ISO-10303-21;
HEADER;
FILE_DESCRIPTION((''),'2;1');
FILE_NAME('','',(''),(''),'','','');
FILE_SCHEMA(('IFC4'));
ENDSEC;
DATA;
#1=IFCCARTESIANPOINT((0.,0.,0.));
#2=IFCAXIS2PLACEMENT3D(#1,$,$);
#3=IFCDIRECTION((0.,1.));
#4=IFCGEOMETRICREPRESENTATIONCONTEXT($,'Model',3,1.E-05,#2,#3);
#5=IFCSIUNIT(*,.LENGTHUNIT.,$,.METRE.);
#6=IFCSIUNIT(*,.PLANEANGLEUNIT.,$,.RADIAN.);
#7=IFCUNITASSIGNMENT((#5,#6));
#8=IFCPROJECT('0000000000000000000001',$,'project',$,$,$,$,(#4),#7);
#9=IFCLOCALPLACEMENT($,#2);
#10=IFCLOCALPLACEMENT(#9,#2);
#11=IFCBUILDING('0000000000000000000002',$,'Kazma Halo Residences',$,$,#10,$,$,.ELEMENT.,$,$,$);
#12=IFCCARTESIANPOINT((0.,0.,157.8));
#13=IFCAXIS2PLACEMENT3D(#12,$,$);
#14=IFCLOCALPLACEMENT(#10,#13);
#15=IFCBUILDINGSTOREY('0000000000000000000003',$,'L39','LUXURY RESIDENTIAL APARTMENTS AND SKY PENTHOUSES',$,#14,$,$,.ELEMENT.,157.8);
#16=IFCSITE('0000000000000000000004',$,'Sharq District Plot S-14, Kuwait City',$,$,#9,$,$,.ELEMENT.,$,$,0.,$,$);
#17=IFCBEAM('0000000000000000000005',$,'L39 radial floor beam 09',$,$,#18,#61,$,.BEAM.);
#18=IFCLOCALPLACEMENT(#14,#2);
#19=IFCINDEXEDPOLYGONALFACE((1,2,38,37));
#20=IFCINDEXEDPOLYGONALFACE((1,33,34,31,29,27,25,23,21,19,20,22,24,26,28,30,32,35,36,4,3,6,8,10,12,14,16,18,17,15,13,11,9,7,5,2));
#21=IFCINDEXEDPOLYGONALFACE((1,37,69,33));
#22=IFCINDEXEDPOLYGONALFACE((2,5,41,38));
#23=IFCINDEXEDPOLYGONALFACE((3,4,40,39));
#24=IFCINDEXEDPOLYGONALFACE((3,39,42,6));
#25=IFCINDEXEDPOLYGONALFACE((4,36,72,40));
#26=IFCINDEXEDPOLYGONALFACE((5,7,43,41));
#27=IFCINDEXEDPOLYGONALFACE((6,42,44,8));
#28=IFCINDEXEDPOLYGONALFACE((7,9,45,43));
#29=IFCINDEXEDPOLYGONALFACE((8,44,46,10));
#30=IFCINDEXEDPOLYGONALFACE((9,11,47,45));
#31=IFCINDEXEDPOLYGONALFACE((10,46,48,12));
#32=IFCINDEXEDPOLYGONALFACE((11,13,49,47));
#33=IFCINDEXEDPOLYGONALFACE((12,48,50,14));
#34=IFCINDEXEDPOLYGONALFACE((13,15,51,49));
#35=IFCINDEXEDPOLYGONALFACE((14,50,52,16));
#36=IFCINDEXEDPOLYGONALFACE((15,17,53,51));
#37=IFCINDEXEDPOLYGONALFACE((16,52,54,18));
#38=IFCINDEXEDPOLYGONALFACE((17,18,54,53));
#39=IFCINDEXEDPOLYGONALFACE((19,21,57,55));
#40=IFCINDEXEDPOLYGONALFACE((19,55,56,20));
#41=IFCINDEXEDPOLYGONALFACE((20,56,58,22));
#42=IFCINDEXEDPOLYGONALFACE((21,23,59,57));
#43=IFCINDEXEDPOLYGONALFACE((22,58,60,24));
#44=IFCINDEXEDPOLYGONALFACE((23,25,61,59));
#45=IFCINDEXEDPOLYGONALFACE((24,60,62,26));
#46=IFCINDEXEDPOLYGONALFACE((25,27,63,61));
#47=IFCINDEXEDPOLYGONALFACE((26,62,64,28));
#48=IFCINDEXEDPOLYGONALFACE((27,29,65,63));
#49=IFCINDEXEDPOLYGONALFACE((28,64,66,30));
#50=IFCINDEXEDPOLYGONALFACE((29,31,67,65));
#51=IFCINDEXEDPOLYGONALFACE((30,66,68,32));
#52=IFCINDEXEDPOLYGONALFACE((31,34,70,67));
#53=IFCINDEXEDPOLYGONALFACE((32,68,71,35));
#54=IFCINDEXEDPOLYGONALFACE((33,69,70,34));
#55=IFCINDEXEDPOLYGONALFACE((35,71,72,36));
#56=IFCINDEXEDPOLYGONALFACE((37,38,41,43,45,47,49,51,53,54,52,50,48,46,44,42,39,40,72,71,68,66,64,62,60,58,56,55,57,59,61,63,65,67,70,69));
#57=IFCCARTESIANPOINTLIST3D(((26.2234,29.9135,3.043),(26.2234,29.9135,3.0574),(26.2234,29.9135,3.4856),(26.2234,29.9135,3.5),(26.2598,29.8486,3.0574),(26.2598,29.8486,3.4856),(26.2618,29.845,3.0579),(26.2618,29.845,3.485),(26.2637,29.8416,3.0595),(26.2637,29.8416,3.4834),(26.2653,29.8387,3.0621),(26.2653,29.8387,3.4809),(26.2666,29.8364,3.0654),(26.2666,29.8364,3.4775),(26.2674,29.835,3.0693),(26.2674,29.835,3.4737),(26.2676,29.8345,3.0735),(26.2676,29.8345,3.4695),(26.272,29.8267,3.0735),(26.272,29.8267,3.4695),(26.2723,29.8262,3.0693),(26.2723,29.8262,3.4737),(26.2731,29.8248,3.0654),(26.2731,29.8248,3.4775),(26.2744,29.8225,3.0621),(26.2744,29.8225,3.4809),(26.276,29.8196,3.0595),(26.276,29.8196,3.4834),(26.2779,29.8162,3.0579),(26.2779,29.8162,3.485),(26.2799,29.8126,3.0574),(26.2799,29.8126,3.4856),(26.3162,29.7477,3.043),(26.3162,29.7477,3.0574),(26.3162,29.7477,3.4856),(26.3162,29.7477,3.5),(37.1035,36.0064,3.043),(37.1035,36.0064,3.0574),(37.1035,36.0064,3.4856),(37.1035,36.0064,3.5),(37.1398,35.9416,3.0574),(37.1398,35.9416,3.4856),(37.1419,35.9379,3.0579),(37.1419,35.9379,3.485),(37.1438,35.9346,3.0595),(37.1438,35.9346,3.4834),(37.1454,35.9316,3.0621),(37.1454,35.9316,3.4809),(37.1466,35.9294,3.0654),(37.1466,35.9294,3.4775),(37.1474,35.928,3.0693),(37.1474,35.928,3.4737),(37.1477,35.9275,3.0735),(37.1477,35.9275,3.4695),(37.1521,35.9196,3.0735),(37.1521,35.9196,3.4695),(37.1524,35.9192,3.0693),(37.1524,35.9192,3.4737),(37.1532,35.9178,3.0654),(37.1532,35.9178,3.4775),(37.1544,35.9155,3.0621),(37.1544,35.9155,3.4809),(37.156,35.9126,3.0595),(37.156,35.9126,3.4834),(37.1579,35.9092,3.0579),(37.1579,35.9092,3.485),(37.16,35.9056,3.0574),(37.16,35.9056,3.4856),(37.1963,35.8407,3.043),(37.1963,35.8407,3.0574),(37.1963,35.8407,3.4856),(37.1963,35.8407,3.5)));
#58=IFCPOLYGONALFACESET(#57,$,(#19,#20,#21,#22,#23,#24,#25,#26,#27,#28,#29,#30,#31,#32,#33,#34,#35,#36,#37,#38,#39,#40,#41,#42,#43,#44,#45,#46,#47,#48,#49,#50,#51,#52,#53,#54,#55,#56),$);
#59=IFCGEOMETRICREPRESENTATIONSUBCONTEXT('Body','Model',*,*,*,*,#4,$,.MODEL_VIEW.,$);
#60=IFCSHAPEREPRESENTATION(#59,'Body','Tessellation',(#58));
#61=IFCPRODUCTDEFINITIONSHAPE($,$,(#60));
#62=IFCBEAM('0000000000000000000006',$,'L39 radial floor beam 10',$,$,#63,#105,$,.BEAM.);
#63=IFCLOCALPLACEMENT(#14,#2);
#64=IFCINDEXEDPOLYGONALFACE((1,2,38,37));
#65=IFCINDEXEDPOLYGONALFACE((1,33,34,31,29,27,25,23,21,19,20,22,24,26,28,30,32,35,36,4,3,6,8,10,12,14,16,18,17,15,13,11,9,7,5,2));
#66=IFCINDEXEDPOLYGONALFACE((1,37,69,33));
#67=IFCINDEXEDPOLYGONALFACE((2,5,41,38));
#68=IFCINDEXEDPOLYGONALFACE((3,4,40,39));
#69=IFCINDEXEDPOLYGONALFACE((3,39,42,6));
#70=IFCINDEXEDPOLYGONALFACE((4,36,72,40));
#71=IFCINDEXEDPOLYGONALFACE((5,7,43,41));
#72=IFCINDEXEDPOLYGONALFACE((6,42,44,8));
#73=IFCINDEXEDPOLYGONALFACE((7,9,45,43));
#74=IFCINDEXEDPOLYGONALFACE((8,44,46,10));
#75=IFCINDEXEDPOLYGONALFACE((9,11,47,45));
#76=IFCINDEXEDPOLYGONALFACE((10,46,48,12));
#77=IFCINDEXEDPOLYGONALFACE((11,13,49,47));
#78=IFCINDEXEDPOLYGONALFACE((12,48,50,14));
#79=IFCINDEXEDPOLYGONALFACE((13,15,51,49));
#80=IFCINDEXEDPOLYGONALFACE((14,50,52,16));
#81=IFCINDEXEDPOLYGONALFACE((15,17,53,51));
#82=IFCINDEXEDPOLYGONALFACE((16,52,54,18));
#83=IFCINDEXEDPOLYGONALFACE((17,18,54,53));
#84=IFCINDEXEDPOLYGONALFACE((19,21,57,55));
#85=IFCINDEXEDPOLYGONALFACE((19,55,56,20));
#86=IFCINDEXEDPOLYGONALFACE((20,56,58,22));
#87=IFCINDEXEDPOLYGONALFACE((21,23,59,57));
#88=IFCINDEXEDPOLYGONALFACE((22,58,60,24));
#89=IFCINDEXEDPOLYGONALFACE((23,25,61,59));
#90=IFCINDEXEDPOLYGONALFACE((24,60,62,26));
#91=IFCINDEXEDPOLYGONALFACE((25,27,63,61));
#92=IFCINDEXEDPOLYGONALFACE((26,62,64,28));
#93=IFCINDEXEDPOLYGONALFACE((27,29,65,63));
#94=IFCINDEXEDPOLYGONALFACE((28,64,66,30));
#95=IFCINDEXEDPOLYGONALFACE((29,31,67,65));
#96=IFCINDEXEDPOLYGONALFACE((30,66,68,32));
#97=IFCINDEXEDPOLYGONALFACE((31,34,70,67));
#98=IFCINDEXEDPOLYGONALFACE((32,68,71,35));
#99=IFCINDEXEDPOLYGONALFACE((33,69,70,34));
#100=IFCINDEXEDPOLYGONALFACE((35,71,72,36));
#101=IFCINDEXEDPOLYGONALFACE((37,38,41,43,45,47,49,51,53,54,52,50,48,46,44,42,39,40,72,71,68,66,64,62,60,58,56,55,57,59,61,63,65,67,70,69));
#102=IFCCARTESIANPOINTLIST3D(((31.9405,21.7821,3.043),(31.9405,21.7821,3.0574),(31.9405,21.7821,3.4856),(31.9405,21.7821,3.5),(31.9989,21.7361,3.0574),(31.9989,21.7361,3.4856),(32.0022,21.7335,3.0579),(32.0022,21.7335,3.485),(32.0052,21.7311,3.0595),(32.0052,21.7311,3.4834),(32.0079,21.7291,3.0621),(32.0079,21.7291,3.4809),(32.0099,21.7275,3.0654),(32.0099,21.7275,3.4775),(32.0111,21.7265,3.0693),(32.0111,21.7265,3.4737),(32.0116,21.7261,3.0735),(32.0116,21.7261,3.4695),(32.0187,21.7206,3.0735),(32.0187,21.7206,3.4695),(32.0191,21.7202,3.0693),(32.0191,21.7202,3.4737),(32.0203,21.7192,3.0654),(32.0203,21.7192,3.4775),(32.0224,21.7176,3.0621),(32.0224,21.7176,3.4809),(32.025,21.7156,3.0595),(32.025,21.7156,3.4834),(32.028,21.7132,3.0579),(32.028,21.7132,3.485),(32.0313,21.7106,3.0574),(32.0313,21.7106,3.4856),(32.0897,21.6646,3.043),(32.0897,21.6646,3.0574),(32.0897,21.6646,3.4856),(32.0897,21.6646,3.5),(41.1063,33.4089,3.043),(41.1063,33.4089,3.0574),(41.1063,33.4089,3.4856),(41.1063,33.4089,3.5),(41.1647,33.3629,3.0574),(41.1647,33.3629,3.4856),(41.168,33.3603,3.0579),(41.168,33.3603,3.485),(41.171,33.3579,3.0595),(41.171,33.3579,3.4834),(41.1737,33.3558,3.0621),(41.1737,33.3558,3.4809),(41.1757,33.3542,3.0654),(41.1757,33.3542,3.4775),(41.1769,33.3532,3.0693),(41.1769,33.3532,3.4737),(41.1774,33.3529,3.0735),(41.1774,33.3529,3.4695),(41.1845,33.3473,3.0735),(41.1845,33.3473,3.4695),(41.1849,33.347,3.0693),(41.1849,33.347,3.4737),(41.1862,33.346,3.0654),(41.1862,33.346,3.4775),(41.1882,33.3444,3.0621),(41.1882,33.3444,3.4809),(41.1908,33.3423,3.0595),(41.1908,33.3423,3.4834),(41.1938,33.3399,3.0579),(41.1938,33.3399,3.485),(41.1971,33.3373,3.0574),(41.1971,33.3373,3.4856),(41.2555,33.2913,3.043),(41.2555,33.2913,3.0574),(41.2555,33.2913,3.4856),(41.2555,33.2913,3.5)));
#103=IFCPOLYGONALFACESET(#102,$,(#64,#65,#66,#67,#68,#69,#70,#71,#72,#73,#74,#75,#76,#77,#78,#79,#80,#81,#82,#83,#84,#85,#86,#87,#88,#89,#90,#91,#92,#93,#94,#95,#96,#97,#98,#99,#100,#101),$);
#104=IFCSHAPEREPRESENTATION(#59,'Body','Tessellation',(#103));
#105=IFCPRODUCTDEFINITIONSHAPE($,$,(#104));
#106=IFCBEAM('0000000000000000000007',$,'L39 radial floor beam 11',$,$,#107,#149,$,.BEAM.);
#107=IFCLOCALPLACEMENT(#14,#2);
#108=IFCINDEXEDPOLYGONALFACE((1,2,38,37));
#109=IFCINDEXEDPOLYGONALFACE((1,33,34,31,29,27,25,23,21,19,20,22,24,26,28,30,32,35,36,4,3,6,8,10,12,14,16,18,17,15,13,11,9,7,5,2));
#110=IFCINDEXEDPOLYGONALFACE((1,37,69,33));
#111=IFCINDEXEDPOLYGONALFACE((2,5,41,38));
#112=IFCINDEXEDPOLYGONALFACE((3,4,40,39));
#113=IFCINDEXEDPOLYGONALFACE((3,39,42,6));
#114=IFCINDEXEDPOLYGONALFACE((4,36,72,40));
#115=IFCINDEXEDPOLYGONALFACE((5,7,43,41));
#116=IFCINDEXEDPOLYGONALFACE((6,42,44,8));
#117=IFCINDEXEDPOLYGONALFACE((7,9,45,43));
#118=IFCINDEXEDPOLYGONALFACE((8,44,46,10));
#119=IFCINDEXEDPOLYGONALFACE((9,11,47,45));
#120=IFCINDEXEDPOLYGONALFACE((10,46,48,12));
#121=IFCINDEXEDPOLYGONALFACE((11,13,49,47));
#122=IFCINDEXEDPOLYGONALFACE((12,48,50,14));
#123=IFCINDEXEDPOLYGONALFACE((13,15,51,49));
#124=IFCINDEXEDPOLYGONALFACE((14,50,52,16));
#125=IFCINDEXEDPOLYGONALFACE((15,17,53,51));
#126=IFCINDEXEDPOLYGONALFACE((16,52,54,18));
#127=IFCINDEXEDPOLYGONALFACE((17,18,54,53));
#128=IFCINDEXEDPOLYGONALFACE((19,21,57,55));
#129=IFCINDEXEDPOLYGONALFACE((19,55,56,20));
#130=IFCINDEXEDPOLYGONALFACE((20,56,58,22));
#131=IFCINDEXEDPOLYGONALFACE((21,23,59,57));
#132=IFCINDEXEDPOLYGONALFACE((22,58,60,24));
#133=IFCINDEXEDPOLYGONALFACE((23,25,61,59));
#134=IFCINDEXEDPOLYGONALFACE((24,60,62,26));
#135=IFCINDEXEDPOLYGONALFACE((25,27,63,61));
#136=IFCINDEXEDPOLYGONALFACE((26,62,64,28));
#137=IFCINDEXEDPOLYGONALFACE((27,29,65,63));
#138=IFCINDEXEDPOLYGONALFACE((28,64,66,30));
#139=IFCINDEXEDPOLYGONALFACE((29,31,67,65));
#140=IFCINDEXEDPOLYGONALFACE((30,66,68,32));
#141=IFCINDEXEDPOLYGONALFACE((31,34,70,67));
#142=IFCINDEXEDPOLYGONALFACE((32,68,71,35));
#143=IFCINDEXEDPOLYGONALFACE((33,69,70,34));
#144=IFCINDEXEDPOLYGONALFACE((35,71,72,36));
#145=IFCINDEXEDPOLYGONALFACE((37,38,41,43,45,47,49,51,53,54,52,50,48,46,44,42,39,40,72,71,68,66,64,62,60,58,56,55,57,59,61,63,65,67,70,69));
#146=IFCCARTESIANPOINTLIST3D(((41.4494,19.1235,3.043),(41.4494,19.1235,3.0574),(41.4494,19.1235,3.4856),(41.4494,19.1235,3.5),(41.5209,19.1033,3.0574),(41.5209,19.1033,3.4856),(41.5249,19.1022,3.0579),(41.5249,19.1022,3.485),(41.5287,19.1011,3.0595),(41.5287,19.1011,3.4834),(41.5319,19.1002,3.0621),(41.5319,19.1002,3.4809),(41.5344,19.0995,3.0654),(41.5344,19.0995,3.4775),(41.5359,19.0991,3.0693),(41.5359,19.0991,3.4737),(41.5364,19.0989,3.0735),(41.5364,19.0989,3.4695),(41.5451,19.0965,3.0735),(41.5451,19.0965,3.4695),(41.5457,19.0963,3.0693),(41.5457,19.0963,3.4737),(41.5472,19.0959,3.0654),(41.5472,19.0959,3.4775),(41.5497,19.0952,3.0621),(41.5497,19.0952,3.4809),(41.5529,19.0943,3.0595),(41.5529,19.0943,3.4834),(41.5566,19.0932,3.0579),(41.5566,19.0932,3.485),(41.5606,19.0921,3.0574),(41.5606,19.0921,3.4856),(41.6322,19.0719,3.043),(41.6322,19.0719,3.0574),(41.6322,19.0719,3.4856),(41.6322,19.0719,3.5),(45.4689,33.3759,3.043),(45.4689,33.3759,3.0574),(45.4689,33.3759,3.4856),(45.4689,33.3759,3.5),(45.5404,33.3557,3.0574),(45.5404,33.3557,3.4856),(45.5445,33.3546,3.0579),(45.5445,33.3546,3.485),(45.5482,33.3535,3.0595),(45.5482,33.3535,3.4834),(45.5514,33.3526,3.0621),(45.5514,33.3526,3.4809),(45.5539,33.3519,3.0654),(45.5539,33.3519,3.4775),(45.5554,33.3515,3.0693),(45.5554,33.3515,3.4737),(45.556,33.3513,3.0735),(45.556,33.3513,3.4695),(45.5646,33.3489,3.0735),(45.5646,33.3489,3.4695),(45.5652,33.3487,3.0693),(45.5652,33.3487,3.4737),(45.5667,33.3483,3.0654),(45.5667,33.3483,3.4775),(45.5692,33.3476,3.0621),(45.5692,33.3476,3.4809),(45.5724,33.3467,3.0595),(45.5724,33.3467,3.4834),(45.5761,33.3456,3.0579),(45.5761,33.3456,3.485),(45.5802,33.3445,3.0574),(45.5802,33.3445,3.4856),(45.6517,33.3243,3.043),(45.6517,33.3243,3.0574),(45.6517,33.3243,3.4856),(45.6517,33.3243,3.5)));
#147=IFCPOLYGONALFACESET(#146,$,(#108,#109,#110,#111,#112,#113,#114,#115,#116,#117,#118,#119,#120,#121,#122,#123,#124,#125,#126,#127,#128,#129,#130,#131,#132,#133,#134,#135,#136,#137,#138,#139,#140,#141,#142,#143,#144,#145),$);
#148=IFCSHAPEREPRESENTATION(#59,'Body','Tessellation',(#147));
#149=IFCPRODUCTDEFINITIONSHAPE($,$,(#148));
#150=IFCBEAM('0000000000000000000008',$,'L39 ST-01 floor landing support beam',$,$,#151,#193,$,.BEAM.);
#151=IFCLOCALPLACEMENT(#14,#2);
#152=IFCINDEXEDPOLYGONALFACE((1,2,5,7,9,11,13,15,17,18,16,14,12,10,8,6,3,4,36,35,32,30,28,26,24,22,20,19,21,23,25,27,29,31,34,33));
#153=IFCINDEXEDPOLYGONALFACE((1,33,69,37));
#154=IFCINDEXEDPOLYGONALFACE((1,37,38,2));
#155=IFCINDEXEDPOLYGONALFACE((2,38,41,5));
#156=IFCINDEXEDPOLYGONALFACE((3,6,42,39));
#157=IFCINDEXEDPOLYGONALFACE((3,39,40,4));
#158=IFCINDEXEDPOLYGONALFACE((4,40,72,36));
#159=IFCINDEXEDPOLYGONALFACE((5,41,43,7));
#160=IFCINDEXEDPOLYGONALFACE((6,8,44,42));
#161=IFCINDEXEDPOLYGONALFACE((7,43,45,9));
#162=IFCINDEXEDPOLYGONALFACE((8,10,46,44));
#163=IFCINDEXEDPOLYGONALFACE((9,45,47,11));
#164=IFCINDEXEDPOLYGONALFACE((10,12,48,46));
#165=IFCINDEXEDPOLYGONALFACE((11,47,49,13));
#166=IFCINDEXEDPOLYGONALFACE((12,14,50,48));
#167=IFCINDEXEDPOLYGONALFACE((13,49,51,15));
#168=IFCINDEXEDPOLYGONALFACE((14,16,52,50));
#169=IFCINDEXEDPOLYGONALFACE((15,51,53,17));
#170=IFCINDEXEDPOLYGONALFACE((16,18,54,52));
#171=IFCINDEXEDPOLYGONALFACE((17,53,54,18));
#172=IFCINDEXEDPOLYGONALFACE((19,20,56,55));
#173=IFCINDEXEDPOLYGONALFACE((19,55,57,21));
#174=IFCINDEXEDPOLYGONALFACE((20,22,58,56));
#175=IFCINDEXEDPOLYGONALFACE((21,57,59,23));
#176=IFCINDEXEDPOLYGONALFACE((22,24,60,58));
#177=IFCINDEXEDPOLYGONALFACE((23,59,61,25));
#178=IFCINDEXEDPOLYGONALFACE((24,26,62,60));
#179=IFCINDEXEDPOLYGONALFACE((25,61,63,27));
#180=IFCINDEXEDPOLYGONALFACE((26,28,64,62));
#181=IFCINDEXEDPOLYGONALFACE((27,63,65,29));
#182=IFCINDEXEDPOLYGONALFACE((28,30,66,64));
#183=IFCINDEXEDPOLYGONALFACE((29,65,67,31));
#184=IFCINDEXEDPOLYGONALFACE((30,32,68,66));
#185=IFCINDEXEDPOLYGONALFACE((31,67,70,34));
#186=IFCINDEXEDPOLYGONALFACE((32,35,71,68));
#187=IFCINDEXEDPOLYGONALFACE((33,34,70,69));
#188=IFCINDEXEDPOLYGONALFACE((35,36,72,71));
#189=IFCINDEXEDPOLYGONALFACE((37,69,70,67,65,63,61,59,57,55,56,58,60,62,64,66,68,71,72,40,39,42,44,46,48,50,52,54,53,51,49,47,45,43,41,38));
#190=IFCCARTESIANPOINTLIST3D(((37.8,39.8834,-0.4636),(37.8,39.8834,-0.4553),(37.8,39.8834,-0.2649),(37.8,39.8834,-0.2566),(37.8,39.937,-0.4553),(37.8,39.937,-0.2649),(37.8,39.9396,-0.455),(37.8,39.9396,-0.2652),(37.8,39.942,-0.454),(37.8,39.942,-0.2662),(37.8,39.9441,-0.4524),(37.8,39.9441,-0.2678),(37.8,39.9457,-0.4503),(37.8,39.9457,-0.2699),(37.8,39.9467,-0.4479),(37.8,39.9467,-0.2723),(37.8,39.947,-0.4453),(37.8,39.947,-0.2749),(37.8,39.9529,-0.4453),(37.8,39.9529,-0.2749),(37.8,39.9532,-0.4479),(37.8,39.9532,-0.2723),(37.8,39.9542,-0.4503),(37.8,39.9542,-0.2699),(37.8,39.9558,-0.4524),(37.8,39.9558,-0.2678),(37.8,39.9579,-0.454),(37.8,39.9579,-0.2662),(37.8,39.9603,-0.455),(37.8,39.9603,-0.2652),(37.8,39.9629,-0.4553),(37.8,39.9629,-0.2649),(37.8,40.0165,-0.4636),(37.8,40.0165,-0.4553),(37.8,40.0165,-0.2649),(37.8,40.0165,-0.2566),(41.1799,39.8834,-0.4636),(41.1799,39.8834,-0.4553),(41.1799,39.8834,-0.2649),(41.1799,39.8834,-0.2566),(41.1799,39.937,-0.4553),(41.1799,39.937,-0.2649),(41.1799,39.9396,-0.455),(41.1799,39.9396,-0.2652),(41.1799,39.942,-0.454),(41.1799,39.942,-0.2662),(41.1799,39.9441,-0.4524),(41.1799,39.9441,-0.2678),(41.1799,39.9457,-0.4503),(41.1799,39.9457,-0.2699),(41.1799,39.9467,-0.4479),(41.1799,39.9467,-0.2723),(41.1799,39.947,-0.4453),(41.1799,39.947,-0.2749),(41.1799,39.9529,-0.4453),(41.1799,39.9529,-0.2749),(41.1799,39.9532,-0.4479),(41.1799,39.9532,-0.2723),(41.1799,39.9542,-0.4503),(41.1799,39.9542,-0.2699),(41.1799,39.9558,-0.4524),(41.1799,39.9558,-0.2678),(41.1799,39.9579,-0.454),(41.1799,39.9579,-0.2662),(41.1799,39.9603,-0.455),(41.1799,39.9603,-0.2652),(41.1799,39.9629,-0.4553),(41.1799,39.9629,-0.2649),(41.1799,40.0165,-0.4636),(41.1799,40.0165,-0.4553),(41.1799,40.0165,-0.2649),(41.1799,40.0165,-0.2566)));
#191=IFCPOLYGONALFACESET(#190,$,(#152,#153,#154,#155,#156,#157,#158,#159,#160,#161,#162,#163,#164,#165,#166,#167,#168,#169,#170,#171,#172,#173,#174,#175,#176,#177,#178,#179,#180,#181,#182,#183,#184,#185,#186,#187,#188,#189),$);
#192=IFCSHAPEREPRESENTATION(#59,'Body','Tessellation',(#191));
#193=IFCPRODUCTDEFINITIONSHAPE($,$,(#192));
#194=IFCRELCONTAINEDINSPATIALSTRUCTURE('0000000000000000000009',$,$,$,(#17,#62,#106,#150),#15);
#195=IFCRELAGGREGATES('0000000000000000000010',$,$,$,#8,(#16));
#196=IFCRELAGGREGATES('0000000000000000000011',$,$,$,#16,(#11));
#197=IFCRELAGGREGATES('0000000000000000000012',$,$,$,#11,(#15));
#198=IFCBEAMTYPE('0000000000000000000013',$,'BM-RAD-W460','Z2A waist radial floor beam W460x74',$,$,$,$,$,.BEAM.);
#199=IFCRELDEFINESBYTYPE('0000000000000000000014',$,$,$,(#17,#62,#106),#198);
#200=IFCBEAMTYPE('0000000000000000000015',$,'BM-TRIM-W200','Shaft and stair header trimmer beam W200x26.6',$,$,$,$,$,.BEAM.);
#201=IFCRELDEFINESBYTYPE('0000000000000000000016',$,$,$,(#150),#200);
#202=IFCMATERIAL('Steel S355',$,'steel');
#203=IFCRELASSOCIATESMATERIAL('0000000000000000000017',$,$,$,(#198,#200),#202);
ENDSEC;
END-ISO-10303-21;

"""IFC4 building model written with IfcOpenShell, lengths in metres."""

from ifc_helpers import new_model, si_unit, direction, frame, origin, origin_2d, place, context, subcontext, project, spatial, i_section, extrude, material, material_profile, profile_set, type_object, element, save


model = new_model("IFC4")

# Units and contexts
model_context = context("Model", 3, precision=1e-05, world=origin(), true_north=direction((0.0, 1.0)))
body_context = subcontext(model_context, "Body", "Model", "MODEL_VIEW")
ifc_project = project(units=[si_unit("LENGTHUNIT", "METRE"), si_unit("PLANEANGLEUNIT", "RADIAN")], contexts=[model_context])

# Site, building, storey
site_placement = place(None, origin())
site = spatial("IfcSite", under=ifc_project, at=site_placement, Name="Sharq District Plot S-14, Kuwait City", CompositionType="ELEMENT", RefElevation=0.0)
building_placement = place(site_placement, origin())
building = spatial("IfcBuilding", under=site, at=building_placement, Name="Kazma Halo Residences", CompositionType="ELEMENT")
storey_placement = place(building_placement, frame((0.0, 0.0, 157.8)))
storey = spatial("IfcBuildingStorey", under=building, at=storey_placement, Name="L39", Description="LUXURY RESIDENTIAL APARTMENTS AND SKY PENTHOUSES", CompositionType="ELEMENT", Elevation=157.8)

# Beams
ifc_material_1 = material(Name="Steel S355", Category="steel")
ifc_material_profile_1 = material_profile(ifc_material_1, i_section(OverallWidth=0.1899, OverallDepth=0.457, WebThickness=0.009, FlangeThickness=0.0144, FilletRadius=0.0161, at=origin_2d()), Name="W460x74")
ifc_profile_set_1 = profile_set([ifc_material_profile_1], Name="Steel S355")
beam_type_1 = type_object("IfcBeamType", Name="BM-RAD-W460", Description="Z2A waist radial floor beam W460x74", PredefinedType="BEAM", material=ifc_profile_set_1)
beam_1_placement = place(storey_placement, frame((37.1499, 35.9236, 3.2715), z_axis=(-0.872501, -0.488612, 0.0), x_axis=(0.488612, -0.872501, 0.0)))
element("IfcBeam", 1, at=beam_1_placement, inside=storey, type_object=beam_type_1, Name="L39 radial floor beam 09", PredefinedType="BEAM", context=body_context, shape_type="SweptSolid", body=[
    extrude(i_section(OverallWidth=0.1899, OverallDepth=0.457, WebThickness=0.009, FlangeThickness=0.0144, FilletRadius=0.0161, at=origin_2d()), origin(), (0.0, 0.0, 1.0), 12.47),
])
beam_2_placement = place(storey_placement, frame((41.1809, 33.3501, 3.2715), z_axis=(-0.619094, -0.785316, 0.0), x_axis=(0.785316, -0.619094, 0.0)))
element("IfcBeam", 2, at=beam_2_placement, inside=storey, type_object=beam_type_1, Name="L39 radial floor beam 10", PredefinedType="BEAM", context=body_context, shape_type="SweptSolid", body=[
    extrude(i_section(OverallWidth=0.1899, OverallDepth=0.457, WebThickness=0.009, FlangeThickness=0.0144, FilletRadius=0.0161, at=origin_2d()), origin(), (0.0, 0.0, 1.0), 14.8052),
])
beam_3_placement = place(storey_placement, frame((45.5603, 33.3501, 3.2715), z_axis=(-0.271436, -0.962457, 0.0), x_axis=(0.962457, -0.271436, 0.0)))
element("IfcBeam", 3, at=beam_3_placement, inside=storey, type_object=beam_type_1, Name="L39 radial floor beam 11", PredefinedType="BEAM", context=body_context, shape_type="SweptSolid", body=[
    extrude(i_section(OverallWidth=0.1899, OverallDepth=0.457, WebThickness=0.009, FlangeThickness=0.0144, FilletRadius=0.0161, at=origin_2d()), origin(), (0.0, 0.0, 1.0), 14.8083),
])
ifc_material_profile_2 = material_profile(ifc_material_1, i_section(OverallWidth=0.1331, OverallDepth=0.207, WebThickness=0.0059, FlangeThickness=0.0083, FilletRadius=0.01, at=origin_2d()), Name="W200x26.6")
ifc_profile_set_2 = profile_set([ifc_material_profile_2], Name="Steel S355")
beam_type_2 = type_object("IfcBeamType", Name="BM-TRIM-W200", Description="Shaft and stair header trimmer beam W200x26.6", PredefinedType="BEAM", material=ifc_profile_set_2)
beam_4_placement = place(storey_placement, frame((37.8, 39.95, -0.3601), z_axis=(1.0, 0.0, 0.0), x_axis=(0.0, 1.0, 0.0)))
element("IfcBeam", 4, at=beam_4_placement, inside=storey, type_object=beam_type_2, Name="L39 ST-01 floor landing support beam", PredefinedType="BEAM", context=body_context, shape_type="SweptSolid", body=[
    extrude(i_section(OverallWidth=0.1331, OverallDepth=0.207, WebThickness=0.0059, FlangeThickness=0.0083, FilletRadius=0.01, at=origin_2d()), origin(), (0.0, 0.0, 1.0), 3.3799),
])

save(model, "model.ifc")
